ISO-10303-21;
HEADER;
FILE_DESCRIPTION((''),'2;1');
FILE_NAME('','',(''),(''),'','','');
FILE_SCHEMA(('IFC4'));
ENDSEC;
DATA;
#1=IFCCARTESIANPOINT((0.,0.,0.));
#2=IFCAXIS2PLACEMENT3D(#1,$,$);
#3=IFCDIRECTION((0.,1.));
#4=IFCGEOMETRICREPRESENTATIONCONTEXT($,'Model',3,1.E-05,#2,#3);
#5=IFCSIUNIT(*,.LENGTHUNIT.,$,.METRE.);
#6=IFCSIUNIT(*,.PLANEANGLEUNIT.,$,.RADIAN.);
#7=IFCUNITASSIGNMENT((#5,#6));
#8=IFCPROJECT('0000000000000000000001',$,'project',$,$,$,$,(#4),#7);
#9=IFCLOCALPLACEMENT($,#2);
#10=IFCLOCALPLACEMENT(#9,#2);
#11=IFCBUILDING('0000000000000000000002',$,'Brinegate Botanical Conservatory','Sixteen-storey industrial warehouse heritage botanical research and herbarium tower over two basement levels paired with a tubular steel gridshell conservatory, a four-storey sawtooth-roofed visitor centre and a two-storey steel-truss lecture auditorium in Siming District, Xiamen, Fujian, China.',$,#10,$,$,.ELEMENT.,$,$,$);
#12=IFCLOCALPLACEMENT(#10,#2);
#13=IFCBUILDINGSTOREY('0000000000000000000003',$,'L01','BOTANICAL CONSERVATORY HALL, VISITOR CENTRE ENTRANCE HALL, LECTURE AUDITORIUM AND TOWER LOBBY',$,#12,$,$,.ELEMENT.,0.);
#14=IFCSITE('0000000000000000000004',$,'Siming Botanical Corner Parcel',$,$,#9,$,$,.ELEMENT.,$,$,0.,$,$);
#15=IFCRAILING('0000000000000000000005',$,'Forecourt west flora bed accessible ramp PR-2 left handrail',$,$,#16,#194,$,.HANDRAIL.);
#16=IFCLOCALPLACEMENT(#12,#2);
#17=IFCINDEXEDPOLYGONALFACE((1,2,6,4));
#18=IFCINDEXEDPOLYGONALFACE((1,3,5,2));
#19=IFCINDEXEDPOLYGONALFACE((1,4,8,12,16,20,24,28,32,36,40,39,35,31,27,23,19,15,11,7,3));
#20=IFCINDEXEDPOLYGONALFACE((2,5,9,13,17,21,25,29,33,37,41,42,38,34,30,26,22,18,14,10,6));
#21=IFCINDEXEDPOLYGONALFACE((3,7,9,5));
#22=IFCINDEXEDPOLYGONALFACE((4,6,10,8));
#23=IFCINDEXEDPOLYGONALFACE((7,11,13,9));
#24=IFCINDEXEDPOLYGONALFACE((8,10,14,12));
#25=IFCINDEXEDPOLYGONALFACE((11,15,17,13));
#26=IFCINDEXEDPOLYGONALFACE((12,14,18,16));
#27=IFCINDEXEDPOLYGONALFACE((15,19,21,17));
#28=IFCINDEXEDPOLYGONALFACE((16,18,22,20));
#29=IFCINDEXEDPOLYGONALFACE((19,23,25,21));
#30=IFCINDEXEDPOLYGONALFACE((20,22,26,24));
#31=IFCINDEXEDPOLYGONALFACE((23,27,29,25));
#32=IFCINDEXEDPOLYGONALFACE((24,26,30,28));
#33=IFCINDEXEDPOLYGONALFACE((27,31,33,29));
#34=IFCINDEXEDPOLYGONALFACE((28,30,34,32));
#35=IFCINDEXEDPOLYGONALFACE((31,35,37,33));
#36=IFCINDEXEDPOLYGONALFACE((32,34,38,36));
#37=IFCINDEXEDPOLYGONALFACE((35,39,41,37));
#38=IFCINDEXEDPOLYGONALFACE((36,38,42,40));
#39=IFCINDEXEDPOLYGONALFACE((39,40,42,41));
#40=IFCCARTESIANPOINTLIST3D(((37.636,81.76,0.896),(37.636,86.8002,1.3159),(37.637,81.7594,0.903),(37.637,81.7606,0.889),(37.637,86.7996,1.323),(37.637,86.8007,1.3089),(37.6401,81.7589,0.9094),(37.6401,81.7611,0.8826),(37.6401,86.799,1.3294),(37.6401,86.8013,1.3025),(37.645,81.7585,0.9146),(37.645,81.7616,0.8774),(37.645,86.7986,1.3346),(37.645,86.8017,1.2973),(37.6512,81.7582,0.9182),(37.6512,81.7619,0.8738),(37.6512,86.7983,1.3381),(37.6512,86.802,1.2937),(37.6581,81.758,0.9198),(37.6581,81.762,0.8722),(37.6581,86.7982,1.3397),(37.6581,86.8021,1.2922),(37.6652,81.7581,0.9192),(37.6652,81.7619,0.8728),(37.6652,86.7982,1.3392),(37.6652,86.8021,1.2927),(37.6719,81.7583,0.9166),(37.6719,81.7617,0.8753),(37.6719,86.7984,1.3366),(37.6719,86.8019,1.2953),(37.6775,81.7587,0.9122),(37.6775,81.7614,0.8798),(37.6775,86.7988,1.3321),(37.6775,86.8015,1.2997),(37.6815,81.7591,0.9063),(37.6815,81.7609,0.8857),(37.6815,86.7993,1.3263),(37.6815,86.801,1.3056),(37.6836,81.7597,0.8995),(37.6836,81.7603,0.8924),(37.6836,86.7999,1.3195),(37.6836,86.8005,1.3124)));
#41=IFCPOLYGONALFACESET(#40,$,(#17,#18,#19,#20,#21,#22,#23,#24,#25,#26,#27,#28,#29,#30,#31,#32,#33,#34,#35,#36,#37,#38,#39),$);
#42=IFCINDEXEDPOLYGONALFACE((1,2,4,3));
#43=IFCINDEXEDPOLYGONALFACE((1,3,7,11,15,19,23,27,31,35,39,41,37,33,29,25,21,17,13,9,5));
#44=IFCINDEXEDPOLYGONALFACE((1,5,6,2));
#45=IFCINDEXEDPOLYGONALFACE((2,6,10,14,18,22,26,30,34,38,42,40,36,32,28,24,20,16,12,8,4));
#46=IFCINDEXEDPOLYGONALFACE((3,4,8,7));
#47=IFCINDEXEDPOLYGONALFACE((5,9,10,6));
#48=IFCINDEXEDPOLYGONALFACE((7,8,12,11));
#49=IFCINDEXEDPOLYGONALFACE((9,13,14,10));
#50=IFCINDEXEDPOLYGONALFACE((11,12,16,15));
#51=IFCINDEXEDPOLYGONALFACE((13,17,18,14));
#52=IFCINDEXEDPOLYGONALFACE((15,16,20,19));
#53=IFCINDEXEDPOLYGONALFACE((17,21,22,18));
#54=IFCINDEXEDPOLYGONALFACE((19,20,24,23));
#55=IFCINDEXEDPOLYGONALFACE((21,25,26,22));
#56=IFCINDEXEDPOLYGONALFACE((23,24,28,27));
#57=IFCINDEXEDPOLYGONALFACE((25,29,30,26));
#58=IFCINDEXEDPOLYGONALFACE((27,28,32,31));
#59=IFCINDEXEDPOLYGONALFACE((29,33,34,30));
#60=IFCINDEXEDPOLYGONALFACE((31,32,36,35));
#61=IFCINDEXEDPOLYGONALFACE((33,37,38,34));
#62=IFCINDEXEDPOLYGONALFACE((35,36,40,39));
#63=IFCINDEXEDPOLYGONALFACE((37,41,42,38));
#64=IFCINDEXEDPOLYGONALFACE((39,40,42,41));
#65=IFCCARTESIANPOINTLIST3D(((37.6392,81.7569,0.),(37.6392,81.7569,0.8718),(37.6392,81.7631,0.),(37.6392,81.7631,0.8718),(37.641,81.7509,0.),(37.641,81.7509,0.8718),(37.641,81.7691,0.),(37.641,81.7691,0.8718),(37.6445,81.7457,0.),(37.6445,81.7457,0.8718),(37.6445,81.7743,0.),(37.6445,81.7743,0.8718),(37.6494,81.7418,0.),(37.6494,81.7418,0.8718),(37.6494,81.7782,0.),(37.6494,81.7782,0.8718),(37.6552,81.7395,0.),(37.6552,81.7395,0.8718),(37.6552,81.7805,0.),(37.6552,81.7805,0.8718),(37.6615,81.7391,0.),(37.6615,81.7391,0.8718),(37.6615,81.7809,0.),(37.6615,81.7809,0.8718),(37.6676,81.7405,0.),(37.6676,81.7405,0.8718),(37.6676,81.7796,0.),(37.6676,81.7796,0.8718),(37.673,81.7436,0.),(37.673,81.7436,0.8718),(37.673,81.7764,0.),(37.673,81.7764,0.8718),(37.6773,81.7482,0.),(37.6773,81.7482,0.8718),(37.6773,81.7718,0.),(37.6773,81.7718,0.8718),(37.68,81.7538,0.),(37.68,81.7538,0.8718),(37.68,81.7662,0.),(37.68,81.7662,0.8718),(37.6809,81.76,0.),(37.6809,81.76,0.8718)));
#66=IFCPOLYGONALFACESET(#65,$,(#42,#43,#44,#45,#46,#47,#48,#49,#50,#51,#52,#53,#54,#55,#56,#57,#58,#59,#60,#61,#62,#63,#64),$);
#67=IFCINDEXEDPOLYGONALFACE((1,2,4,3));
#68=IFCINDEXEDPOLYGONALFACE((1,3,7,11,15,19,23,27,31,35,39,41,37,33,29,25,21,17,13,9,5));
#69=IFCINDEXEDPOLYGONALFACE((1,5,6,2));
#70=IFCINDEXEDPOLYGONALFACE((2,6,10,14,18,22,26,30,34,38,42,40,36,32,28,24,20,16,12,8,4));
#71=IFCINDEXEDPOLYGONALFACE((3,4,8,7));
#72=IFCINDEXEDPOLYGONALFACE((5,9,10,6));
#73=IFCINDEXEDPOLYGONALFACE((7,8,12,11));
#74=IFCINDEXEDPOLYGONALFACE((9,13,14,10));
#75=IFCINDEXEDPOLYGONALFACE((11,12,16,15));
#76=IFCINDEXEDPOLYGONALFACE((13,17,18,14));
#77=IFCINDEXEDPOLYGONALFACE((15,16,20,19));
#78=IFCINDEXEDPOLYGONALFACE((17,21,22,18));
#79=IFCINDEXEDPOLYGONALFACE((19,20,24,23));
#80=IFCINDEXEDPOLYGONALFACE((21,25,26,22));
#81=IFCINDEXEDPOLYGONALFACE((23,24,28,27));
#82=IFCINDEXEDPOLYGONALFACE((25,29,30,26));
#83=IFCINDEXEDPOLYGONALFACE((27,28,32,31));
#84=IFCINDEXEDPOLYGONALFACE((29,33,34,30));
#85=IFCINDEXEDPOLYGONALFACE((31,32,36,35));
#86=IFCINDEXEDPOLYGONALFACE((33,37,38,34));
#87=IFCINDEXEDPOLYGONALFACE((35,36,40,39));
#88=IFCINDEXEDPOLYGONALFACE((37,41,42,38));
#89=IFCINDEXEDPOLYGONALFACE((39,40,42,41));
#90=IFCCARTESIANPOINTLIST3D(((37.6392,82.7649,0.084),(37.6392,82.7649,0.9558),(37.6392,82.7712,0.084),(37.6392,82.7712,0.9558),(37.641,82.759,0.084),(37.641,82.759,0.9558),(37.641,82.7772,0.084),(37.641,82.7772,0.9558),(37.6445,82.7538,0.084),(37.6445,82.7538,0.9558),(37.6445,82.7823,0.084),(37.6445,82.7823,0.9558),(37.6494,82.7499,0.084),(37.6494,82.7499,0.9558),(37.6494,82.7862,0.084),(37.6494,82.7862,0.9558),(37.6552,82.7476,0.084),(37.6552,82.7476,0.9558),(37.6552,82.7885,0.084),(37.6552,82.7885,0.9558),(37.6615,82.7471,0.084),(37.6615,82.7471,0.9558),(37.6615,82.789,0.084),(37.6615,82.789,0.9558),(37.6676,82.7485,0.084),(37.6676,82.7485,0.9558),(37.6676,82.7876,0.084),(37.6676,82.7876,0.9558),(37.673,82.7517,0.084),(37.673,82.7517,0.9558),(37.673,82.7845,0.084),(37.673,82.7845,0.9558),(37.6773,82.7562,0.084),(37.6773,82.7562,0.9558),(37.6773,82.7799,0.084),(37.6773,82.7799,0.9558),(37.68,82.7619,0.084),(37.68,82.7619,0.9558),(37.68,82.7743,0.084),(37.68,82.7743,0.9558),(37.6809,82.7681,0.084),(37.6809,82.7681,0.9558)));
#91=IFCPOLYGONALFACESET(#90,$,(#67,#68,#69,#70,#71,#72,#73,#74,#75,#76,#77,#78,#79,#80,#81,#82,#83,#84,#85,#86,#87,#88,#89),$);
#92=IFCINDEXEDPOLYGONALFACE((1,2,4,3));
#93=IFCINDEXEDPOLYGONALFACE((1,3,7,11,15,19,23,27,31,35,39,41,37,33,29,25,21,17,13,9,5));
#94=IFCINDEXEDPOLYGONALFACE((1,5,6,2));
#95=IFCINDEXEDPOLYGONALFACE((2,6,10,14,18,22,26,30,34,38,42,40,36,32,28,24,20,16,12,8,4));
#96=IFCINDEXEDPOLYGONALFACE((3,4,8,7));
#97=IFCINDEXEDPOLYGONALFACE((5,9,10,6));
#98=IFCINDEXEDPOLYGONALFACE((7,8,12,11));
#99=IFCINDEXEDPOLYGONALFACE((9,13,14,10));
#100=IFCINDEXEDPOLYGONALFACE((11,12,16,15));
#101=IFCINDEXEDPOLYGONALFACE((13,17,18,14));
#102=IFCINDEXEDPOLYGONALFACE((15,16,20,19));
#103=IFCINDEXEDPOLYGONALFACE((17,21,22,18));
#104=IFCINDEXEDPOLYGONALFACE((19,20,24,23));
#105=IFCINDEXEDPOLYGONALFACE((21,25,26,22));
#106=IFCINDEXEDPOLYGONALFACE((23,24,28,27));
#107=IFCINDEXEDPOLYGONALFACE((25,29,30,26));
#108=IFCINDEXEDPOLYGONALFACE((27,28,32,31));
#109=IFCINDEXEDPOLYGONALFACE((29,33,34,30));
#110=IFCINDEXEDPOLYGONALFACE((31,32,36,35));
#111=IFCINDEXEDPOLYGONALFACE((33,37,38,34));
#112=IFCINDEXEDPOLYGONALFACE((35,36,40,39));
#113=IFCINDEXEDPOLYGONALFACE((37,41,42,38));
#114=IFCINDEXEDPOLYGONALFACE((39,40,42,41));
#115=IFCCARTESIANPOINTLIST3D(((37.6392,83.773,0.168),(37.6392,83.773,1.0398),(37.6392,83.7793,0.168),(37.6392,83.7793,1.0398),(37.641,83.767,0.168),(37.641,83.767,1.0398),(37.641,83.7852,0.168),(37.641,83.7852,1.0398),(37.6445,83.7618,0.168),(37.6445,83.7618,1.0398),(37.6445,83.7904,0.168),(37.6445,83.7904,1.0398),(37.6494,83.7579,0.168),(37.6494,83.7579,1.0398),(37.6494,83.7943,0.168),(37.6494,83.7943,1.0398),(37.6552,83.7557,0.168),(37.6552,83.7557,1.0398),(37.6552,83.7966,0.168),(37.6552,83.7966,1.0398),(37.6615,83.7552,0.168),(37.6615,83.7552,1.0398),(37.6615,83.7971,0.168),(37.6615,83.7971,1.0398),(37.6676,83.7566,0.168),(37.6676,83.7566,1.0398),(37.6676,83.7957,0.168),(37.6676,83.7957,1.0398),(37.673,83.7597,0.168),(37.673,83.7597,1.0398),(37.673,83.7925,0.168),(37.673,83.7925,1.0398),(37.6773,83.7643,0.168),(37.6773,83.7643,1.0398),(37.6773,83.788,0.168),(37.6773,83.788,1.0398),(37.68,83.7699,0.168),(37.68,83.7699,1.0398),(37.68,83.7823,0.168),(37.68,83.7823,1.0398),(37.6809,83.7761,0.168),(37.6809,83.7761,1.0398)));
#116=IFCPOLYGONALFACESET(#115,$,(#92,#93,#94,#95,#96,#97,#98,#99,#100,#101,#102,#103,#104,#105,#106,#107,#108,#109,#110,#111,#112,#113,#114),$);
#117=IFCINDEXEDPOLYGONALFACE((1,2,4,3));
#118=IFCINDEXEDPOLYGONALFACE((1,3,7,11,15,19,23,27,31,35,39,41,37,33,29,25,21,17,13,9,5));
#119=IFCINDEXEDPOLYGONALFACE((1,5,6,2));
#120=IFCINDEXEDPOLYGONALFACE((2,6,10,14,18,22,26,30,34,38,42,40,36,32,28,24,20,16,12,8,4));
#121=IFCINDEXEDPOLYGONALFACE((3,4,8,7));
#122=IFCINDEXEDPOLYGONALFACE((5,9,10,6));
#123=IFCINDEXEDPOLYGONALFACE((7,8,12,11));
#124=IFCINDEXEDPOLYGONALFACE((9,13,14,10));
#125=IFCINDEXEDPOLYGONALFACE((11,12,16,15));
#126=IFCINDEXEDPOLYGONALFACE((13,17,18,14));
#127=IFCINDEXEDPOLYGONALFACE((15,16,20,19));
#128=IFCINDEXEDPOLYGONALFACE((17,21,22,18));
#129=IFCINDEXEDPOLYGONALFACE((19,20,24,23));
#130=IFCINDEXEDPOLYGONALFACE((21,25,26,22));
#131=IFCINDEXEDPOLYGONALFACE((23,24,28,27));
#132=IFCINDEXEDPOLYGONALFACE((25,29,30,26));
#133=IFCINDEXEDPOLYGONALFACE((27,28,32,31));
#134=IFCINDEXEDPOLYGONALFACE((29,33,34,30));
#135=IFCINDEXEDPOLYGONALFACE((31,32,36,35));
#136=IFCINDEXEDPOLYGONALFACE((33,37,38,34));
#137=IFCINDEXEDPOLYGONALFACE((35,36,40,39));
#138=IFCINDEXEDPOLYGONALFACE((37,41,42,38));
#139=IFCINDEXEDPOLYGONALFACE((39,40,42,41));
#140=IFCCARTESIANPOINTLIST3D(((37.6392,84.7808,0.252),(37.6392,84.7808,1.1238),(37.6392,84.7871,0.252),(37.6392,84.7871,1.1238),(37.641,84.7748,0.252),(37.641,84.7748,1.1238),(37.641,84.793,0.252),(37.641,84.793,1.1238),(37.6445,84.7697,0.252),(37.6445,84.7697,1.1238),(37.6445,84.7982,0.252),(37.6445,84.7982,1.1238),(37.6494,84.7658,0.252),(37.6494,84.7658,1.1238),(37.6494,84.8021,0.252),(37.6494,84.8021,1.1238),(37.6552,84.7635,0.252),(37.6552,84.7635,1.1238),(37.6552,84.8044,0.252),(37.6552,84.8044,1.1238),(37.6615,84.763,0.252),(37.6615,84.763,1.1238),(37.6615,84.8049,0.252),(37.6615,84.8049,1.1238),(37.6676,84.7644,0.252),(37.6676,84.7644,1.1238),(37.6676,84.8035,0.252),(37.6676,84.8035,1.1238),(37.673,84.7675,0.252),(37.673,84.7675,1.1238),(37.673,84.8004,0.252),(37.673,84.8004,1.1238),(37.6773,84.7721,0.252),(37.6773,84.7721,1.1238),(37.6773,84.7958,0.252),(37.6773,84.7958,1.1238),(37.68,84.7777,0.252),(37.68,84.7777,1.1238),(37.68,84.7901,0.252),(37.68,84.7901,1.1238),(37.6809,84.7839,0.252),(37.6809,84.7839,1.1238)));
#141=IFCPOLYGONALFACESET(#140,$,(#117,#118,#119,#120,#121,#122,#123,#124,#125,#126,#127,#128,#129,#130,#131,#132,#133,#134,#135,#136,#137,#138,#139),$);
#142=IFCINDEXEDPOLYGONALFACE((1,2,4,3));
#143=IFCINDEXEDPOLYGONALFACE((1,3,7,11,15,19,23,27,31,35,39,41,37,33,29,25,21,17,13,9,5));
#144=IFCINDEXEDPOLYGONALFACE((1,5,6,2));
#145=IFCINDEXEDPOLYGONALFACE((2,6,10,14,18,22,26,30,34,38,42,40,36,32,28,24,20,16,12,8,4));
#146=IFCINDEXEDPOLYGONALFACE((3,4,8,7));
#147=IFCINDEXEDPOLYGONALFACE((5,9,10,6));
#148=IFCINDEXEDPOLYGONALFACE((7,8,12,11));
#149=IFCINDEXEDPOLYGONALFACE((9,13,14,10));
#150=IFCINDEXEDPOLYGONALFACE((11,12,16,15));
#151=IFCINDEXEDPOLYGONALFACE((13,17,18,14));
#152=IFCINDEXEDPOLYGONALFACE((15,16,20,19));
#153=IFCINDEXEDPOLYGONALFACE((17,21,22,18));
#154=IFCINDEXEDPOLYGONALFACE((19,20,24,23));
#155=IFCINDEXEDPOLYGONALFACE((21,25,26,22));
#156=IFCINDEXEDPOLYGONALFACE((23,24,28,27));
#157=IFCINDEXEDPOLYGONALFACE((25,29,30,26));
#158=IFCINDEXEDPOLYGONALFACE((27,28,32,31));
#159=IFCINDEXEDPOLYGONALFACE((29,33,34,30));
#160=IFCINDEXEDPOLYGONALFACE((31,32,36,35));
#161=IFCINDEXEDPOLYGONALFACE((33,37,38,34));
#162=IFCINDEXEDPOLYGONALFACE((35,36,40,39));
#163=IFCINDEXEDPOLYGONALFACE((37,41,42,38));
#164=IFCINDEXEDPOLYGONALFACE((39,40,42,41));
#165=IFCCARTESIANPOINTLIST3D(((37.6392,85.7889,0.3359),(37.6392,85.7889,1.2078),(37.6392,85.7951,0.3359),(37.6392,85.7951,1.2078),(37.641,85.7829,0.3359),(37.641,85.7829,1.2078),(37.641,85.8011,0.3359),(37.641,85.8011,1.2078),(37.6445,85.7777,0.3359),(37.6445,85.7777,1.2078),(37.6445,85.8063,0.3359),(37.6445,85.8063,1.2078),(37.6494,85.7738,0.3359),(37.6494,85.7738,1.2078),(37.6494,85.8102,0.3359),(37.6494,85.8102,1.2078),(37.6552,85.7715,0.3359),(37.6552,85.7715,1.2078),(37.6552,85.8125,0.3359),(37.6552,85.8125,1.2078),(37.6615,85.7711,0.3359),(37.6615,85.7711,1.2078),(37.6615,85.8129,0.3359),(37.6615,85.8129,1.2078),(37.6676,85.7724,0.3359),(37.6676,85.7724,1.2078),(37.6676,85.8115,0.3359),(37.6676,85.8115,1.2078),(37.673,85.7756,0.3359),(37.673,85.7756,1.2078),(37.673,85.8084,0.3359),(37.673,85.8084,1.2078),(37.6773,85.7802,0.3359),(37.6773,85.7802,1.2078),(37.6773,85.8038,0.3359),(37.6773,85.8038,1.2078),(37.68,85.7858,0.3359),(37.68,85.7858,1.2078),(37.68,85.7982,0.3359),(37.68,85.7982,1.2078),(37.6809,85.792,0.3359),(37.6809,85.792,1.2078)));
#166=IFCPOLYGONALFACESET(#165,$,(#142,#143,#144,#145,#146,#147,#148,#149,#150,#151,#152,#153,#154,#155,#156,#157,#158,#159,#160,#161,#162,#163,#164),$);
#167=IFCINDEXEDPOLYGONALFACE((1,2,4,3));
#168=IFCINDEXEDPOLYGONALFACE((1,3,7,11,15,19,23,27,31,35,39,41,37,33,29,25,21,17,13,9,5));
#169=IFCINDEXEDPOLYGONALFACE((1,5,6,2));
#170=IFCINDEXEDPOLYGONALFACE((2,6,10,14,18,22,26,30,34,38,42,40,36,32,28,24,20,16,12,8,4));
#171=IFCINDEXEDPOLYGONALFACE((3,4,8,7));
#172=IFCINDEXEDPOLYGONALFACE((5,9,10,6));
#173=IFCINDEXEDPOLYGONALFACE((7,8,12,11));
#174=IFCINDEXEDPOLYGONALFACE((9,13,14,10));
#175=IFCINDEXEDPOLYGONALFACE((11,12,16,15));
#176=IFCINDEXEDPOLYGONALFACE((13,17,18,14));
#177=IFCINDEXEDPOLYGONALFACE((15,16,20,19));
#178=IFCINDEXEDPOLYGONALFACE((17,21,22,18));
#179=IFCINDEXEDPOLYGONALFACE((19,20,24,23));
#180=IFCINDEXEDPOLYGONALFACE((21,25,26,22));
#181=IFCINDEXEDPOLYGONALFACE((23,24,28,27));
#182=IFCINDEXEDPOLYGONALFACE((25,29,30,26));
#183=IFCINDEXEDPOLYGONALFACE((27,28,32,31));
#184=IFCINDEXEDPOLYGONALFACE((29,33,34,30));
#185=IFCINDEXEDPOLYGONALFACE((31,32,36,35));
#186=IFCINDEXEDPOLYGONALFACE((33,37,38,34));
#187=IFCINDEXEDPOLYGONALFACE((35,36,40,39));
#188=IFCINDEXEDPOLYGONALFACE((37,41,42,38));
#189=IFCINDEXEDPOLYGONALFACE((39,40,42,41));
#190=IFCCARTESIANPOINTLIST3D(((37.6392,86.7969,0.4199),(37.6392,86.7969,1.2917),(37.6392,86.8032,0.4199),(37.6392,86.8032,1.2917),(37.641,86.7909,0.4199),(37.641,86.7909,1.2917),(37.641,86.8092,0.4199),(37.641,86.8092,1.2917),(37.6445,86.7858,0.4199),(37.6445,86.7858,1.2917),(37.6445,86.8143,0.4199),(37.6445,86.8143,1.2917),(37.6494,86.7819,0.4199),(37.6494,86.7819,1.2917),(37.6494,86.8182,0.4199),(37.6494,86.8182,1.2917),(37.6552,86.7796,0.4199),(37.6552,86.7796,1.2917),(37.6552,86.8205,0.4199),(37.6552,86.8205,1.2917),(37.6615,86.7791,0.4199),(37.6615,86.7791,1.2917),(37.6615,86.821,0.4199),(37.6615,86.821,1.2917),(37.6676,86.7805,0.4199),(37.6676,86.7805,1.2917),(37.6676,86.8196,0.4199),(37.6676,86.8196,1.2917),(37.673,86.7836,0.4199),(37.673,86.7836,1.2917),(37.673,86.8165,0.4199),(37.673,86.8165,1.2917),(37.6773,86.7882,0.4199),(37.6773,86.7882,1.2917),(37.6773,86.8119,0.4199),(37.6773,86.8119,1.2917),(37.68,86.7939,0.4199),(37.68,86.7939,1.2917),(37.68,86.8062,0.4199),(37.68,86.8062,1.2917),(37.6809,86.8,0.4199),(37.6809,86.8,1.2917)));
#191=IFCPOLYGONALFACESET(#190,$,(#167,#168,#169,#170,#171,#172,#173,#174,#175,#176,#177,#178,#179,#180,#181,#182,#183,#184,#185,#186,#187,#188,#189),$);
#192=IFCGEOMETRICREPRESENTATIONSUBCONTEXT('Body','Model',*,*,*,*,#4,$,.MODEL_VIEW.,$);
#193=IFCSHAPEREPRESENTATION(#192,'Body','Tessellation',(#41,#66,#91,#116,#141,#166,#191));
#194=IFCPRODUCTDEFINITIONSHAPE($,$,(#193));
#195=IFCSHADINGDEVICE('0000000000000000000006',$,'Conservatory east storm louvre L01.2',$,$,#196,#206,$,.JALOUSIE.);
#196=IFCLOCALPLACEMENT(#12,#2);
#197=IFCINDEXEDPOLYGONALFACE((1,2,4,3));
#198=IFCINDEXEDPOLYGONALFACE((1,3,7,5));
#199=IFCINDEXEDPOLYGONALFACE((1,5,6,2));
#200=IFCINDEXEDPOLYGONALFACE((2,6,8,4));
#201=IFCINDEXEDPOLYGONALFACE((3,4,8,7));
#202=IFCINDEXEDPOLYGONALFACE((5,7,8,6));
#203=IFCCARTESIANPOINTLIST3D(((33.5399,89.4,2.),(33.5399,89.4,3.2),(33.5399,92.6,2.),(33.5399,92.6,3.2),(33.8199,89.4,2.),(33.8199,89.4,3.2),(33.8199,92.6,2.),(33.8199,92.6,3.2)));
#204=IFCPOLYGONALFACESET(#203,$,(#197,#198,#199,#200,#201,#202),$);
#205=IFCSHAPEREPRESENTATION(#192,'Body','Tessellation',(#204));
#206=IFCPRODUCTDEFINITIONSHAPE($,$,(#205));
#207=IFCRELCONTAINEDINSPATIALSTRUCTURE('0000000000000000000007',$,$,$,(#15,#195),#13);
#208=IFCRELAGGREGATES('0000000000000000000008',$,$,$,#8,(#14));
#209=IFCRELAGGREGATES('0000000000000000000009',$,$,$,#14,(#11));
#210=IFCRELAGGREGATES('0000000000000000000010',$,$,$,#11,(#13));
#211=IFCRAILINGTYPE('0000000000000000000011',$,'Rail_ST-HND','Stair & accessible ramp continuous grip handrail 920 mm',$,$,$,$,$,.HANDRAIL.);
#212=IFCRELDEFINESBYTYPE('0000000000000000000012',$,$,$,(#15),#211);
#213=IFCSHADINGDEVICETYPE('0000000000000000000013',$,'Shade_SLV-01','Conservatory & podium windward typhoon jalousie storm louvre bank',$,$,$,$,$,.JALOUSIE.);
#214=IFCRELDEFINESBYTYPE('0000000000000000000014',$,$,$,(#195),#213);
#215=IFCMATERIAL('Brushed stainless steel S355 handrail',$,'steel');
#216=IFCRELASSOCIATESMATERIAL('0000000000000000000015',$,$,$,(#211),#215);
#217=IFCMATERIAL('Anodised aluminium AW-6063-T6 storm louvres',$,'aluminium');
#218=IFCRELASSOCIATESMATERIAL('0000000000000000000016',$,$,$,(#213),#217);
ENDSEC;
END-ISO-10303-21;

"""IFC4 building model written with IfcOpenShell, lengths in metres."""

from ifc_helpers import new_model, si_unit, direction, frame, origin, origin_2d, place, context, subcontext, project, spatial, rectangle, circle, extrude, material, type_object, element, save


model = new_model("IFC4")

# Units and contexts
model_context = context("Model", 3, precision=1e-05, world=origin(), true_north=direction((0.0, 1.0)))
body_context = subcontext(model_context, "Body", "Model", "MODEL_VIEW")
ifc_project = project(units=[si_unit("LENGTHUNIT", "METRE"), si_unit("PLANEANGLEUNIT", "RADIAN")], contexts=[model_context])

# Site, building, storey
site_placement = place(None, origin())
site = spatial("IfcSite", under=ifc_project, at=site_placement, Name="Siming Botanical Corner Parcel", CompositionType="ELEMENT", RefElevation=0.0)
building_placement = place(site_placement, origin())
building = spatial("IfcBuilding", under=site, at=building_placement, Name="Brinegate Botanical Conservatory", Description="Sixteen-storey industrial warehouse heritage botanical research and herbarium tower over two basement levels paired with a tubular steel gridshell conservatory, a four-storey sawtooth-roofed visitor centre and a two-storey steel-truss lecture auditorium in Siming District, Xiamen, Fujian, China.", CompositionType="ELEMENT")
storey_placement = place(building_placement, origin())
storey = spatial("IfcBuildingStorey", under=building, at=storey_placement, Name="L01", Description="BOTANICAL CONSERVATORY HALL, VISITOR CENTRE ENTRANCE HALL, LECTURE AUDITORIUM AND TOWER LOBBY", CompositionType="ELEMENT", Elevation=0.0)

# Railing
ifc_material_1 = material(Name="Brushed stainless steel S355 handrail", Category="steel")
railing_type = type_object("IfcRailingType", Name="Rail_ST-HND", Description="Stair & accessible ramp continuous grip handrail 920 mm", PredefinedType="HANDRAIL", material=ifc_material_1)
railing_placement = place(storey_placement, frame((37.6599, 81.76, 0.0)))
element("IfcRailing", 1, at=railing_placement, inside=storey, type_object=railing_type, Name="Forecourt west flora bed accessible ramp PR-2 left handrail", PredefinedType="HANDRAIL", context=body_context, shape_type="SweptSolid", body=[
    extrude(circle(Radius=0.0239, at=origin_2d()), frame((0.0, 0.0, 0.896), z_axis=(0.0, 0.996547, 0.083029), x_axis=(-1.0, 0.0, 0.0)), (0.0, 0.0, 1.0), 5.0576),
    extrude(circle(Radius=0.021, at=origin_2d()), origin(), (0.0, 0.0, 1.0), 0.8718),
    extrude(circle(Radius=0.021, at=origin_2d()), frame((0.0, 1.0081, 0.084)), (0.0, 0.0, 1.0), 0.8718),
    extrude(circle(Radius=0.021, at=origin_2d()), frame((0.0, 2.0161, 0.168)), (0.0, 0.0, 1.0), 0.8718),
    extrude(circle(Radius=0.021, at=origin_2d()), frame((0.0, 3.0239, 0.252)), (0.0, 0.0, 1.0), 0.8718),
    extrude(circle(Radius=0.021, at=origin_2d()), frame((0.0, 4.032, 0.3359)), (0.0, 0.0, 1.0), 0.8718),
    extrude(circle(Radius=0.021, at=origin_2d()), frame((0.0, 5.04, 0.4199)), (0.0, 0.0, 1.0), 0.8718),
])

# Shading device
ifc_material_2 = material(Name="Anodised aluminium AW-6063-T6 storm louvres", Category="aluminium")
shading_device_type = type_object("IfcShadingDeviceType", Name="Shade_SLV-01", Description="Conservatory & podium windward typhoon jalousie storm louvre bank", PredefinedType="JALOUSIE", material=ifc_material_2)
shading_device_placement = place(storey_placement, frame((33.6799, 91.0, 2.0), z_axis=(0.0, 0.0, 1.0), x_axis=(1.0, 0.0, 0.0)))
element("IfcShadingDevice", 2, at=shading_device_placement, inside=storey, type_object=shading_device_type, Name="Conservatory east storm louvre L01.2", PredefinedType="JALOUSIE", context=body_context, shape_type="SweptSolid", body=[
    extrude(rectangle(XDim=0.28, YDim=3.2, at=origin_2d()), origin(), (0.0, 0.0, 1.0), 1.2),
])

save(model, "model.ifc")
